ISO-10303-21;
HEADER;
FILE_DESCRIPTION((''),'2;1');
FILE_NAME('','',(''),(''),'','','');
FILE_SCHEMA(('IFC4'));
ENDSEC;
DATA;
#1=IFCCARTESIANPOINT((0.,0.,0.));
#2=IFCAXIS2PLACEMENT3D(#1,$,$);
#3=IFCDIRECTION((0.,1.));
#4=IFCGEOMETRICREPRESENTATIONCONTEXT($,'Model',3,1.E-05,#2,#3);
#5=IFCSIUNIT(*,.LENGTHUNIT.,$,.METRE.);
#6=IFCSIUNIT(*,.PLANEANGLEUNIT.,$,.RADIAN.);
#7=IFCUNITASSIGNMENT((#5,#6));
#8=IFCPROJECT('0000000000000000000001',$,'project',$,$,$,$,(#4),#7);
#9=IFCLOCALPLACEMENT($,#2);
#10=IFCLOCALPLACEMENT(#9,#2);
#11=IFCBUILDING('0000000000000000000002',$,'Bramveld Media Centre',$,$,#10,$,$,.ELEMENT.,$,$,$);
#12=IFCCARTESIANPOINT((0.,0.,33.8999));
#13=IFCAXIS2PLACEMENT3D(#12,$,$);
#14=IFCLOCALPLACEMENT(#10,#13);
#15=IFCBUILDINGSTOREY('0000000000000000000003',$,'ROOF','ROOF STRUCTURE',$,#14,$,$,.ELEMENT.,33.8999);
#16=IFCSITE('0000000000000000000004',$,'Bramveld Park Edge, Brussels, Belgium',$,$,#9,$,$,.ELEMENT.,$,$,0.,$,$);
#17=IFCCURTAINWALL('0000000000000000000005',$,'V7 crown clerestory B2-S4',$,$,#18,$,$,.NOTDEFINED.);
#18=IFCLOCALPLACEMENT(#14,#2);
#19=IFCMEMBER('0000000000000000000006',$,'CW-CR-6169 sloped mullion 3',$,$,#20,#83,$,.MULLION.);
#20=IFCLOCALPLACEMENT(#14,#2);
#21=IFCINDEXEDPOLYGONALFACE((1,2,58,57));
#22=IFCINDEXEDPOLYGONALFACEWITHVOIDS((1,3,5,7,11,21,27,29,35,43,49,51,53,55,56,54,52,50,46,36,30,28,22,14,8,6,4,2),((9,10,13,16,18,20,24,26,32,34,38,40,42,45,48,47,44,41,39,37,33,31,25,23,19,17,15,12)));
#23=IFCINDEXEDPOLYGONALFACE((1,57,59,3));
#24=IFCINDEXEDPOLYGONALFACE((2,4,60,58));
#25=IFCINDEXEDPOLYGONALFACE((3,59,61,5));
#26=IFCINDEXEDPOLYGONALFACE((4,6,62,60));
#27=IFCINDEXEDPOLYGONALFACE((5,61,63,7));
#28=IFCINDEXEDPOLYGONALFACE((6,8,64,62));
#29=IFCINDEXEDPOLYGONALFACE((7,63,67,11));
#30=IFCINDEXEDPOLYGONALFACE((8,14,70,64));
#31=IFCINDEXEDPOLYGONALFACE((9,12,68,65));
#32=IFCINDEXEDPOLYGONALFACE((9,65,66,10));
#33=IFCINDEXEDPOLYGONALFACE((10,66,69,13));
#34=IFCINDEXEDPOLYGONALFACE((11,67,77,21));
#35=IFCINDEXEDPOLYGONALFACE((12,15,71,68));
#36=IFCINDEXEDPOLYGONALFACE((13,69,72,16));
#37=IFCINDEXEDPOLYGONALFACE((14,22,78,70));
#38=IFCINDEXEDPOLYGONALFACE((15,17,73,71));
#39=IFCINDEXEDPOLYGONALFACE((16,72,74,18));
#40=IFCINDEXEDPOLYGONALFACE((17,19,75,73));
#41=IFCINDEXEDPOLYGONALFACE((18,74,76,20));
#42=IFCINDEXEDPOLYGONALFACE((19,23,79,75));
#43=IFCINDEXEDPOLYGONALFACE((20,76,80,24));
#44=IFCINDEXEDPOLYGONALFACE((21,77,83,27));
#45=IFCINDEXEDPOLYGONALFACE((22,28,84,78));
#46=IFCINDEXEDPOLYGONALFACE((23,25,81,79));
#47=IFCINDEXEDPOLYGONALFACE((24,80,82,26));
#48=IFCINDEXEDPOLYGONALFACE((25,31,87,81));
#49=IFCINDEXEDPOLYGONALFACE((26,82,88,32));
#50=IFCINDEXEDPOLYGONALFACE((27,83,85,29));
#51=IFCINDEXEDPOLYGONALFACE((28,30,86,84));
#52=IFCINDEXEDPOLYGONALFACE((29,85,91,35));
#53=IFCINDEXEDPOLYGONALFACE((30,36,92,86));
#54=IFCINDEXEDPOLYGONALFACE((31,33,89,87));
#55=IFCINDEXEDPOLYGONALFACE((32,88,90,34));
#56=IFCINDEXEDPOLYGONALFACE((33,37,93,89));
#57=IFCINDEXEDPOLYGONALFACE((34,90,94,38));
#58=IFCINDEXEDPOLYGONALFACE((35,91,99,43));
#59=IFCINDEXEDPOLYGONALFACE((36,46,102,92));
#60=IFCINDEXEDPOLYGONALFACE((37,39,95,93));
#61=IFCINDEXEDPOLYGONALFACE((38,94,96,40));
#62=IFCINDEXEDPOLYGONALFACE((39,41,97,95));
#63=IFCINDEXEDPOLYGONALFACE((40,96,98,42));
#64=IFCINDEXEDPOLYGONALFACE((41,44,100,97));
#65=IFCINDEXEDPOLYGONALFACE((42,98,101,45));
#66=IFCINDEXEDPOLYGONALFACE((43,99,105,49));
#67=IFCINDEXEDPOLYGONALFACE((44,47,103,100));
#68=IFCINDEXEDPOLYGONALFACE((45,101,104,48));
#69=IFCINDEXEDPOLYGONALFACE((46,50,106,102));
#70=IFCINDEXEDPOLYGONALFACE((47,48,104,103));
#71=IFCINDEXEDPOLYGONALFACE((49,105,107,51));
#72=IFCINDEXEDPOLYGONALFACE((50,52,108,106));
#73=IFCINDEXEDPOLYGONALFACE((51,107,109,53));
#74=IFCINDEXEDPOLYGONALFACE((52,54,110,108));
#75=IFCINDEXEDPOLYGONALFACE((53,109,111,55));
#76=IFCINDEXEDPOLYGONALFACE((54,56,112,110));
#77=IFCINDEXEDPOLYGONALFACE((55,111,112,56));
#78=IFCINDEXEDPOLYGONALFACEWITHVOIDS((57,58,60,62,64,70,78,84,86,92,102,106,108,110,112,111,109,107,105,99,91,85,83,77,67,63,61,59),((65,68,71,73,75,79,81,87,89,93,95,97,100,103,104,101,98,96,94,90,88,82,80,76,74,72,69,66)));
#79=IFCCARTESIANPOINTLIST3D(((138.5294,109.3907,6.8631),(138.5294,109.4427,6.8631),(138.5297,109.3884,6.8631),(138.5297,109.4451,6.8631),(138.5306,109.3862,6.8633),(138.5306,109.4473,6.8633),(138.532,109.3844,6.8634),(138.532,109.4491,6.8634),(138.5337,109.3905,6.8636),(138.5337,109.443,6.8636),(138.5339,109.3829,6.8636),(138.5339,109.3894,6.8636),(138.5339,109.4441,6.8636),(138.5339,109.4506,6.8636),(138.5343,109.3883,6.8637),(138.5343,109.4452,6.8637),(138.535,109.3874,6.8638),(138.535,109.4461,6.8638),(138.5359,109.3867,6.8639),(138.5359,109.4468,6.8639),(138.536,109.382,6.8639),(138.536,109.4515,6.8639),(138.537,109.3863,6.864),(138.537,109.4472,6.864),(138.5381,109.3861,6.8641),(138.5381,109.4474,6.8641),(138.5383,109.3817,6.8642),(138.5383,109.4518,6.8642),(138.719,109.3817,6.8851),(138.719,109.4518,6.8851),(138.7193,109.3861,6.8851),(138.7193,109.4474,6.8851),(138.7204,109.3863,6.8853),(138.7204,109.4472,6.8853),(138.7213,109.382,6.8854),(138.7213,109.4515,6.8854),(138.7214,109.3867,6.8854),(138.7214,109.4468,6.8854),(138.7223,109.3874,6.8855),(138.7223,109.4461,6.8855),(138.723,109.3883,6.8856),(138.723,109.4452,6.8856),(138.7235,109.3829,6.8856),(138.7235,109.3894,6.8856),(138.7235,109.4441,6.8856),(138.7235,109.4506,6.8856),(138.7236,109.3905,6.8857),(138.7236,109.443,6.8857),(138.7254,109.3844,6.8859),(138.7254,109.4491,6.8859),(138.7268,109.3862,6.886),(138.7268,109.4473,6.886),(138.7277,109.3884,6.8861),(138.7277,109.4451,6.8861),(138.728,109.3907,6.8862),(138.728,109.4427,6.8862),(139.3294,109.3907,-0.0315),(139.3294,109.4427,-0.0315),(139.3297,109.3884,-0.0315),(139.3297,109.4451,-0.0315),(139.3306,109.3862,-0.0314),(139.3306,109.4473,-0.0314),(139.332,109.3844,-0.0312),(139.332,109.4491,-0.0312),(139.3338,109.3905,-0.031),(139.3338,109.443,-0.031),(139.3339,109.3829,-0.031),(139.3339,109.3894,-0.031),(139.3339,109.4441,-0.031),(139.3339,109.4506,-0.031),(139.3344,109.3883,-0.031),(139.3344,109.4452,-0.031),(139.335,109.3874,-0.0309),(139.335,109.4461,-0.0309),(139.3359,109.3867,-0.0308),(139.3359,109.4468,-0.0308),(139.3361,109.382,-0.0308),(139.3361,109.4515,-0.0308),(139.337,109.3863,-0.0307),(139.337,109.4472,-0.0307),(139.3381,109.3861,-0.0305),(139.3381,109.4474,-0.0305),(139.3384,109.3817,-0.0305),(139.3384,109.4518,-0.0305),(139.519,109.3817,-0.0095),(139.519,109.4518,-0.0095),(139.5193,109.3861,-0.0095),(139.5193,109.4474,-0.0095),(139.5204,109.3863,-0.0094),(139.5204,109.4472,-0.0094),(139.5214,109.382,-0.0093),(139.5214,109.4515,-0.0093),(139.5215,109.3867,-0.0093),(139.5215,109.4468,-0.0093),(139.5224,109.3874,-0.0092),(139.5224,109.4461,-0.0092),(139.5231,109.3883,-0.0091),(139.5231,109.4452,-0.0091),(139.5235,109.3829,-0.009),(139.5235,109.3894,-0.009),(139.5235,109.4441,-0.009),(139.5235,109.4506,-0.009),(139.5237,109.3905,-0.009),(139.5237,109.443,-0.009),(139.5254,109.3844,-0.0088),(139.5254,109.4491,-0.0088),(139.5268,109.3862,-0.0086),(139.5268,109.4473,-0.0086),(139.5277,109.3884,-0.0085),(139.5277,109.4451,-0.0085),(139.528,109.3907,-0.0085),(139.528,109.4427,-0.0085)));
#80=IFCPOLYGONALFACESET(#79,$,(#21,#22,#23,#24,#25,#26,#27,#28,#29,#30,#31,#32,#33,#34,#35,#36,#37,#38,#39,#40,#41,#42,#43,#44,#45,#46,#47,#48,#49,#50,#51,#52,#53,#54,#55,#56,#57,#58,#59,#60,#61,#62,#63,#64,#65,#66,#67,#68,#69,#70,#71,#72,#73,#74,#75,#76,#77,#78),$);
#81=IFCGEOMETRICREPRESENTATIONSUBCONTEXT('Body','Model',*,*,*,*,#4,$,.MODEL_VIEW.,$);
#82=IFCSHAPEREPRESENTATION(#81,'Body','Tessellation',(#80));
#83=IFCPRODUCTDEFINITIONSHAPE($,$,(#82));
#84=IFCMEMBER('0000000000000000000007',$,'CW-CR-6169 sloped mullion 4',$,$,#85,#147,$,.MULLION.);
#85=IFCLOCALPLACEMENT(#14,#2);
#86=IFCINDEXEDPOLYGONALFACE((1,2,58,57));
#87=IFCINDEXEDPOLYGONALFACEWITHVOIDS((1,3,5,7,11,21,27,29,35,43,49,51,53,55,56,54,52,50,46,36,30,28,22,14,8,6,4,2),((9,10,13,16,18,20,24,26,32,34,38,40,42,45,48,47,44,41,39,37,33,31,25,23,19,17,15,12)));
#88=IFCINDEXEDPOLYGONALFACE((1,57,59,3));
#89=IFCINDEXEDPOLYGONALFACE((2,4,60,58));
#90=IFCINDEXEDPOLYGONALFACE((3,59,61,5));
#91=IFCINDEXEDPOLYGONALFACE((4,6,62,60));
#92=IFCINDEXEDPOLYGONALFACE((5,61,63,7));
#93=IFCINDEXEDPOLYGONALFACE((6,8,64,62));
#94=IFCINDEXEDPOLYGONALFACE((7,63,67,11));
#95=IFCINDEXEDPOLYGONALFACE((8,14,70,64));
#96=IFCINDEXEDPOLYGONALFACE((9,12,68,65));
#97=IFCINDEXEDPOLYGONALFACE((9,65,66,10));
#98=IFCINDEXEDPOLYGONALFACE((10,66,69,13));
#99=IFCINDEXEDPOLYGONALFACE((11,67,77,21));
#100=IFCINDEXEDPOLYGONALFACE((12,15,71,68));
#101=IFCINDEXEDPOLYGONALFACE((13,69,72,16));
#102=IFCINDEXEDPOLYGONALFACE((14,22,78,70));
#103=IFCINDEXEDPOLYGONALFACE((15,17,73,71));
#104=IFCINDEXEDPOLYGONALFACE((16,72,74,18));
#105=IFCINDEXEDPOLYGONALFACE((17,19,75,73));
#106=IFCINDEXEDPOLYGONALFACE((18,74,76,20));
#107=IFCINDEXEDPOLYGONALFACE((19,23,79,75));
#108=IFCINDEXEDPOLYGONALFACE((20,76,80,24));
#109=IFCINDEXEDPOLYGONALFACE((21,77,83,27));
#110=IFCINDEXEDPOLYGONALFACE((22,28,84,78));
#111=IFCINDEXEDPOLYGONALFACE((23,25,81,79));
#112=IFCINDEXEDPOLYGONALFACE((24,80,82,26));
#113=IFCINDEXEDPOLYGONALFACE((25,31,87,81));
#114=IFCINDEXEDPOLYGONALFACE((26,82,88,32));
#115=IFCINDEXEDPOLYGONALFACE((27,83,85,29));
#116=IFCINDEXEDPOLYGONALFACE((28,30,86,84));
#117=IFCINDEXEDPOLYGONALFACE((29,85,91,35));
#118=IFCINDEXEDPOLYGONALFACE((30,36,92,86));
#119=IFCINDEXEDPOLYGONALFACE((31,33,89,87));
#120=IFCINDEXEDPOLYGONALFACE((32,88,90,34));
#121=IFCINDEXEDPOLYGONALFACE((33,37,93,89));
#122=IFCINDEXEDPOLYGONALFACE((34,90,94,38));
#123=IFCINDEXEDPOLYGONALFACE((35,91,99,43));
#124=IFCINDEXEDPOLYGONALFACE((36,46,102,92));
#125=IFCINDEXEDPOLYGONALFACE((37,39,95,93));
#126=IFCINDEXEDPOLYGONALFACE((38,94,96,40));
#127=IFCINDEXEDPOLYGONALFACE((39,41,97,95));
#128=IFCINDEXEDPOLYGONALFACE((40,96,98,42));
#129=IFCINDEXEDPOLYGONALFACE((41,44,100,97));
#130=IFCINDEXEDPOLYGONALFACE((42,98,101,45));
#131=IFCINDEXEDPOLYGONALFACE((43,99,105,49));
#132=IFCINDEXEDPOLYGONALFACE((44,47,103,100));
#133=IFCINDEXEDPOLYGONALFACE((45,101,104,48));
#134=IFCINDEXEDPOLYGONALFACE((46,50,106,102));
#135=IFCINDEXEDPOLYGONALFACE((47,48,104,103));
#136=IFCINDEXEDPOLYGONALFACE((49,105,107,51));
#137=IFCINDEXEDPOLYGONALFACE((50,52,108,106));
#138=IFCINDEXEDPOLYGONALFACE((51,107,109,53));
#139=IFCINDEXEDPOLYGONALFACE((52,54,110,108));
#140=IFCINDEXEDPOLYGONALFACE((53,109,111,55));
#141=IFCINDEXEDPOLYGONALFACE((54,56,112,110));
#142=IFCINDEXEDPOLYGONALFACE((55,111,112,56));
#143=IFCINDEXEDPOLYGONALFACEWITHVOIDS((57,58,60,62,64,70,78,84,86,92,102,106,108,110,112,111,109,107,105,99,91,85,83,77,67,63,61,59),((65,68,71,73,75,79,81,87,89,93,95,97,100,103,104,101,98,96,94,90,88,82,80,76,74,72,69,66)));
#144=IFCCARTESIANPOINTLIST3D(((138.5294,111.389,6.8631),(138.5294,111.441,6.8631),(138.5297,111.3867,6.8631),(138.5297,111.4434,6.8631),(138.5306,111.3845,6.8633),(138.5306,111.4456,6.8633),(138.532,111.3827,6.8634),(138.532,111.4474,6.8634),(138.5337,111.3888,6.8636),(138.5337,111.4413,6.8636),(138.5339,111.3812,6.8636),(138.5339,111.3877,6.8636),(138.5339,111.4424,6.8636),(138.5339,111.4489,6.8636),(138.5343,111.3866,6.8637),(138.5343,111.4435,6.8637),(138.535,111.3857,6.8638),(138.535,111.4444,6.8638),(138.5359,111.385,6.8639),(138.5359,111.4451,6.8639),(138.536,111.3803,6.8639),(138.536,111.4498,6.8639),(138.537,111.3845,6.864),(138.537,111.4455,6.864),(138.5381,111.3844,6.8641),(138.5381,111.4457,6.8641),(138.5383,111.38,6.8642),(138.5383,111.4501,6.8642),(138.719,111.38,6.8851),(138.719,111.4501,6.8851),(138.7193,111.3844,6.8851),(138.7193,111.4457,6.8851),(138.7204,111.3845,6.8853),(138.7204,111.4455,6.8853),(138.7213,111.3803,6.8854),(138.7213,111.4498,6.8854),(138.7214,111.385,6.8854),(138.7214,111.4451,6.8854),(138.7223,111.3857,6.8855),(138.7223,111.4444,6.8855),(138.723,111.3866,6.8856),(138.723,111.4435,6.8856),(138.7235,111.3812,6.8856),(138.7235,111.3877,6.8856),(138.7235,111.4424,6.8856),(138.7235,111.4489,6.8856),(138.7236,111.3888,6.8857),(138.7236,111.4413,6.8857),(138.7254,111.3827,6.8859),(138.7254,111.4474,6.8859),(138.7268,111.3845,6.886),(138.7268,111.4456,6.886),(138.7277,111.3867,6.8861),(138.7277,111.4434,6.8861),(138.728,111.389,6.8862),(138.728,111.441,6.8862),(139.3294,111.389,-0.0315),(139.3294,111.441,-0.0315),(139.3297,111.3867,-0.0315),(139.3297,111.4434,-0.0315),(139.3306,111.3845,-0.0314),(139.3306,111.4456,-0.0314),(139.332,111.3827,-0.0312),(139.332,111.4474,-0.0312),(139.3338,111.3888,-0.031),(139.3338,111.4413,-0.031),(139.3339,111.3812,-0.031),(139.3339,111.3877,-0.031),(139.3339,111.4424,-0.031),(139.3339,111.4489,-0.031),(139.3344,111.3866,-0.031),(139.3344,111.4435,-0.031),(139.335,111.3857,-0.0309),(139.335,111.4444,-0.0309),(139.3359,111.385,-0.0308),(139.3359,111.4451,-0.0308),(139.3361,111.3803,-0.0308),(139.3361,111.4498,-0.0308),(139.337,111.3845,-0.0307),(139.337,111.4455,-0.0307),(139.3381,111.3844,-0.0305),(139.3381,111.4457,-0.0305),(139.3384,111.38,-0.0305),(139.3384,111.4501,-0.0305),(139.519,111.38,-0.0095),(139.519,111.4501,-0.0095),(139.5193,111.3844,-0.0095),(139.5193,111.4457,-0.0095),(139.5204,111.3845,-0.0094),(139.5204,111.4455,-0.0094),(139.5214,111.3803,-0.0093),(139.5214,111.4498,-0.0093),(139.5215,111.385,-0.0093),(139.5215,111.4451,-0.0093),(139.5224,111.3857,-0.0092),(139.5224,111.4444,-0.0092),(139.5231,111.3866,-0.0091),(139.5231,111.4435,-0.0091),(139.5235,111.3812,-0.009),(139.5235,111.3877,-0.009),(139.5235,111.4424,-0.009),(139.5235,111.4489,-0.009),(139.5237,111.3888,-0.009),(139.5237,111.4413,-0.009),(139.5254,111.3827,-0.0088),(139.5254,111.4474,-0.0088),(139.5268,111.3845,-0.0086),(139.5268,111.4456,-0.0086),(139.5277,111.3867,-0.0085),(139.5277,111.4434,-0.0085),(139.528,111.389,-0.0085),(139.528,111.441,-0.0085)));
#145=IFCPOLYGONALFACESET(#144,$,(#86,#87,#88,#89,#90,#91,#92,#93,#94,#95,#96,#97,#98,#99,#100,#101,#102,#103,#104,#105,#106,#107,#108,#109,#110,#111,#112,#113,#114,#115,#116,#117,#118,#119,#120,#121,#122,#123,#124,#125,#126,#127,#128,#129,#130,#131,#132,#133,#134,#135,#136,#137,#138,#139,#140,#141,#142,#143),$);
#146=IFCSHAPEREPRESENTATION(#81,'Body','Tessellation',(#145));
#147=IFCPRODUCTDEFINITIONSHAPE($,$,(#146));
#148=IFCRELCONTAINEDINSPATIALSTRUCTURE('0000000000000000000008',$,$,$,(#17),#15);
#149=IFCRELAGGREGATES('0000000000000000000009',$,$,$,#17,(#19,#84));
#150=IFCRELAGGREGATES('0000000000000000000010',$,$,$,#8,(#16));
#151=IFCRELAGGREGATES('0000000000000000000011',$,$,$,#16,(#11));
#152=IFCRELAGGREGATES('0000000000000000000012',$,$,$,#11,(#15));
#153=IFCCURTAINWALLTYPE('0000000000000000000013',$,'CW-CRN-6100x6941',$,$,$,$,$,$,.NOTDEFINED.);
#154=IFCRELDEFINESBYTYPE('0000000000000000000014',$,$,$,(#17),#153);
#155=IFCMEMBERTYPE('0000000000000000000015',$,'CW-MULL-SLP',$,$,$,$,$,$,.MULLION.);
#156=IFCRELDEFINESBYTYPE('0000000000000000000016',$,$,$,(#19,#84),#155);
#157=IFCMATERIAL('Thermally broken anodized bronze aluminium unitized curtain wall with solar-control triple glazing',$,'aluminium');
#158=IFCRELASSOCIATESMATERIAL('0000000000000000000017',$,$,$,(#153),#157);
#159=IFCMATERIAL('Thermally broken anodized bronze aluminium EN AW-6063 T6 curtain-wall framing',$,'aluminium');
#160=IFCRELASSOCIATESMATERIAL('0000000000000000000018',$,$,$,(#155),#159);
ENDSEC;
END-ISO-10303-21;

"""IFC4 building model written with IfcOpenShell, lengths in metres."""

from ifc_helpers import new_model, si_unit, direction, frame, origin, origin_2d, place, context, subcontext, project, spatial, hollow_rectangle, extrude, material, material_profile, profile_set, type_object, element, aggregate, save


model = new_model("IFC4")

# Units and contexts
model_context = context("Model", 3, precision=1e-05, world=origin(), true_north=direction((0.0, 1.0)))
body_context = subcontext(model_context, "Body", "Model", "MODEL_VIEW")
ifc_project = project(units=[si_unit("LENGTHUNIT", "METRE"), si_unit("PLANEANGLEUNIT", "RADIAN")], contexts=[model_context])

# Site, building, storey
site_placement = place(None, origin())
site = spatial("IfcSite", under=ifc_project, at=site_placement, Name="Bramveld Park Edge, Brussels, Belgium", CompositionType="ELEMENT", RefElevation=0.0)
building_placement = place(site_placement, origin())
building = spatial("IfcBuilding", under=site, at=building_placement, Name="Bramveld Media Centre", CompositionType="ELEMENT")
storey_placement = place(building_placement, frame((0.0, 0.0, 33.8999)))
storey = spatial("IfcBuildingStorey", under=building, at=storey_placement, Name="ROOF", Description="ROOF STRUCTURE", CompositionType="ELEMENT", Elevation=33.8999)

# Curtain wall, members
ifc_material_1 = material(Name="Thermally broken anodized bronze aluminium unitized curtain wall with solar-control triple glazing", Category="aluminium")
curtain_wall_type = type_object("IfcCurtainWallType", Name="CW-CRN-6100x6941", PredefinedType="NOTDEFINED", material=ifc_material_1)
curtain_wall_1_placement = place(storey_placement, origin())
curtain_wall_1 = element("IfcCurtainWall", 1, at=curtain_wall_1_placement, inside=storey, type_object=curtain_wall_type, Name="V7 crown clerestory B2-S4", PredefinedType="NOTDEFINED")
ifc_material_2 = material(Name="Thermally broken anodized bronze aluminium EN AW-6063 T6 curtain-wall framing", Category="aluminium")
ifc_material_profile_1 = material_profile(ifc_material_2, hollow_rectangle(XDim=0.0701, YDim=0.2, WallThickness=0.0044, InnerFilletRadius=0.0044, OuterFilletRadius=0.009, at=origin_2d()), Name="AL-MULL 70x200")
ifc_profile_set_1 = profile_set([ifc_material_profile_1], Name="Thermally broken anodized bronze aluminium EN AW-6063 T6 curtain-wall framing")
member_type_1 = type_object("IfcMemberType", Name="CW-MULL-SLP", PredefinedType="MULLION", material=ifc_profile_set_1)
member_1_placement = place(storey_placement, frame((139.4287, 109.4167, -0.02), z_axis=(-0.115264, 0.0, 0.993335), x_axis=(0.0, -1.0, 0.0)))
member_1 = element("IfcMember", 2, at=member_1_placement, type_object=member_type_1, Name="CW-CR-6169 sloped mullion 3", PredefinedType="MULLION", context=body_context, shape_type="SweptSolid", body=[
    extrude(hollow_rectangle(XDim=0.0701, YDim=0.2, WallThickness=0.0044, InnerFilletRadius=0.0044, OuterFilletRadius=0.009, at=origin_2d()), origin(), (0.0, 0.0, 1.0), 6.9409),
])
member_2_placement = place(storey_placement, frame((139.4287, 111.415, -0.02), z_axis=(-0.115264, 0.0, 0.993335), x_axis=(0.0, -1.0, 0.0)))
member_2 = element("IfcMember", 3, at=member_2_placement, type_object=member_type_1, Name="CW-CR-6169 sloped mullion 4", PredefinedType="MULLION", context=body_context, shape_type="SweptSolid", body=[
    extrude(hollow_rectangle(XDim=0.0701, YDim=0.2, WallThickness=0.0044, InnerFilletRadius=0.0044, OuterFilletRadius=0.009, at=origin_2d()), origin(), (0.0, 0.0, 1.0), 6.9409),
])
aggregate(curtain_wall_1, [member_1, member_2])

save(model, "model.ifc")
